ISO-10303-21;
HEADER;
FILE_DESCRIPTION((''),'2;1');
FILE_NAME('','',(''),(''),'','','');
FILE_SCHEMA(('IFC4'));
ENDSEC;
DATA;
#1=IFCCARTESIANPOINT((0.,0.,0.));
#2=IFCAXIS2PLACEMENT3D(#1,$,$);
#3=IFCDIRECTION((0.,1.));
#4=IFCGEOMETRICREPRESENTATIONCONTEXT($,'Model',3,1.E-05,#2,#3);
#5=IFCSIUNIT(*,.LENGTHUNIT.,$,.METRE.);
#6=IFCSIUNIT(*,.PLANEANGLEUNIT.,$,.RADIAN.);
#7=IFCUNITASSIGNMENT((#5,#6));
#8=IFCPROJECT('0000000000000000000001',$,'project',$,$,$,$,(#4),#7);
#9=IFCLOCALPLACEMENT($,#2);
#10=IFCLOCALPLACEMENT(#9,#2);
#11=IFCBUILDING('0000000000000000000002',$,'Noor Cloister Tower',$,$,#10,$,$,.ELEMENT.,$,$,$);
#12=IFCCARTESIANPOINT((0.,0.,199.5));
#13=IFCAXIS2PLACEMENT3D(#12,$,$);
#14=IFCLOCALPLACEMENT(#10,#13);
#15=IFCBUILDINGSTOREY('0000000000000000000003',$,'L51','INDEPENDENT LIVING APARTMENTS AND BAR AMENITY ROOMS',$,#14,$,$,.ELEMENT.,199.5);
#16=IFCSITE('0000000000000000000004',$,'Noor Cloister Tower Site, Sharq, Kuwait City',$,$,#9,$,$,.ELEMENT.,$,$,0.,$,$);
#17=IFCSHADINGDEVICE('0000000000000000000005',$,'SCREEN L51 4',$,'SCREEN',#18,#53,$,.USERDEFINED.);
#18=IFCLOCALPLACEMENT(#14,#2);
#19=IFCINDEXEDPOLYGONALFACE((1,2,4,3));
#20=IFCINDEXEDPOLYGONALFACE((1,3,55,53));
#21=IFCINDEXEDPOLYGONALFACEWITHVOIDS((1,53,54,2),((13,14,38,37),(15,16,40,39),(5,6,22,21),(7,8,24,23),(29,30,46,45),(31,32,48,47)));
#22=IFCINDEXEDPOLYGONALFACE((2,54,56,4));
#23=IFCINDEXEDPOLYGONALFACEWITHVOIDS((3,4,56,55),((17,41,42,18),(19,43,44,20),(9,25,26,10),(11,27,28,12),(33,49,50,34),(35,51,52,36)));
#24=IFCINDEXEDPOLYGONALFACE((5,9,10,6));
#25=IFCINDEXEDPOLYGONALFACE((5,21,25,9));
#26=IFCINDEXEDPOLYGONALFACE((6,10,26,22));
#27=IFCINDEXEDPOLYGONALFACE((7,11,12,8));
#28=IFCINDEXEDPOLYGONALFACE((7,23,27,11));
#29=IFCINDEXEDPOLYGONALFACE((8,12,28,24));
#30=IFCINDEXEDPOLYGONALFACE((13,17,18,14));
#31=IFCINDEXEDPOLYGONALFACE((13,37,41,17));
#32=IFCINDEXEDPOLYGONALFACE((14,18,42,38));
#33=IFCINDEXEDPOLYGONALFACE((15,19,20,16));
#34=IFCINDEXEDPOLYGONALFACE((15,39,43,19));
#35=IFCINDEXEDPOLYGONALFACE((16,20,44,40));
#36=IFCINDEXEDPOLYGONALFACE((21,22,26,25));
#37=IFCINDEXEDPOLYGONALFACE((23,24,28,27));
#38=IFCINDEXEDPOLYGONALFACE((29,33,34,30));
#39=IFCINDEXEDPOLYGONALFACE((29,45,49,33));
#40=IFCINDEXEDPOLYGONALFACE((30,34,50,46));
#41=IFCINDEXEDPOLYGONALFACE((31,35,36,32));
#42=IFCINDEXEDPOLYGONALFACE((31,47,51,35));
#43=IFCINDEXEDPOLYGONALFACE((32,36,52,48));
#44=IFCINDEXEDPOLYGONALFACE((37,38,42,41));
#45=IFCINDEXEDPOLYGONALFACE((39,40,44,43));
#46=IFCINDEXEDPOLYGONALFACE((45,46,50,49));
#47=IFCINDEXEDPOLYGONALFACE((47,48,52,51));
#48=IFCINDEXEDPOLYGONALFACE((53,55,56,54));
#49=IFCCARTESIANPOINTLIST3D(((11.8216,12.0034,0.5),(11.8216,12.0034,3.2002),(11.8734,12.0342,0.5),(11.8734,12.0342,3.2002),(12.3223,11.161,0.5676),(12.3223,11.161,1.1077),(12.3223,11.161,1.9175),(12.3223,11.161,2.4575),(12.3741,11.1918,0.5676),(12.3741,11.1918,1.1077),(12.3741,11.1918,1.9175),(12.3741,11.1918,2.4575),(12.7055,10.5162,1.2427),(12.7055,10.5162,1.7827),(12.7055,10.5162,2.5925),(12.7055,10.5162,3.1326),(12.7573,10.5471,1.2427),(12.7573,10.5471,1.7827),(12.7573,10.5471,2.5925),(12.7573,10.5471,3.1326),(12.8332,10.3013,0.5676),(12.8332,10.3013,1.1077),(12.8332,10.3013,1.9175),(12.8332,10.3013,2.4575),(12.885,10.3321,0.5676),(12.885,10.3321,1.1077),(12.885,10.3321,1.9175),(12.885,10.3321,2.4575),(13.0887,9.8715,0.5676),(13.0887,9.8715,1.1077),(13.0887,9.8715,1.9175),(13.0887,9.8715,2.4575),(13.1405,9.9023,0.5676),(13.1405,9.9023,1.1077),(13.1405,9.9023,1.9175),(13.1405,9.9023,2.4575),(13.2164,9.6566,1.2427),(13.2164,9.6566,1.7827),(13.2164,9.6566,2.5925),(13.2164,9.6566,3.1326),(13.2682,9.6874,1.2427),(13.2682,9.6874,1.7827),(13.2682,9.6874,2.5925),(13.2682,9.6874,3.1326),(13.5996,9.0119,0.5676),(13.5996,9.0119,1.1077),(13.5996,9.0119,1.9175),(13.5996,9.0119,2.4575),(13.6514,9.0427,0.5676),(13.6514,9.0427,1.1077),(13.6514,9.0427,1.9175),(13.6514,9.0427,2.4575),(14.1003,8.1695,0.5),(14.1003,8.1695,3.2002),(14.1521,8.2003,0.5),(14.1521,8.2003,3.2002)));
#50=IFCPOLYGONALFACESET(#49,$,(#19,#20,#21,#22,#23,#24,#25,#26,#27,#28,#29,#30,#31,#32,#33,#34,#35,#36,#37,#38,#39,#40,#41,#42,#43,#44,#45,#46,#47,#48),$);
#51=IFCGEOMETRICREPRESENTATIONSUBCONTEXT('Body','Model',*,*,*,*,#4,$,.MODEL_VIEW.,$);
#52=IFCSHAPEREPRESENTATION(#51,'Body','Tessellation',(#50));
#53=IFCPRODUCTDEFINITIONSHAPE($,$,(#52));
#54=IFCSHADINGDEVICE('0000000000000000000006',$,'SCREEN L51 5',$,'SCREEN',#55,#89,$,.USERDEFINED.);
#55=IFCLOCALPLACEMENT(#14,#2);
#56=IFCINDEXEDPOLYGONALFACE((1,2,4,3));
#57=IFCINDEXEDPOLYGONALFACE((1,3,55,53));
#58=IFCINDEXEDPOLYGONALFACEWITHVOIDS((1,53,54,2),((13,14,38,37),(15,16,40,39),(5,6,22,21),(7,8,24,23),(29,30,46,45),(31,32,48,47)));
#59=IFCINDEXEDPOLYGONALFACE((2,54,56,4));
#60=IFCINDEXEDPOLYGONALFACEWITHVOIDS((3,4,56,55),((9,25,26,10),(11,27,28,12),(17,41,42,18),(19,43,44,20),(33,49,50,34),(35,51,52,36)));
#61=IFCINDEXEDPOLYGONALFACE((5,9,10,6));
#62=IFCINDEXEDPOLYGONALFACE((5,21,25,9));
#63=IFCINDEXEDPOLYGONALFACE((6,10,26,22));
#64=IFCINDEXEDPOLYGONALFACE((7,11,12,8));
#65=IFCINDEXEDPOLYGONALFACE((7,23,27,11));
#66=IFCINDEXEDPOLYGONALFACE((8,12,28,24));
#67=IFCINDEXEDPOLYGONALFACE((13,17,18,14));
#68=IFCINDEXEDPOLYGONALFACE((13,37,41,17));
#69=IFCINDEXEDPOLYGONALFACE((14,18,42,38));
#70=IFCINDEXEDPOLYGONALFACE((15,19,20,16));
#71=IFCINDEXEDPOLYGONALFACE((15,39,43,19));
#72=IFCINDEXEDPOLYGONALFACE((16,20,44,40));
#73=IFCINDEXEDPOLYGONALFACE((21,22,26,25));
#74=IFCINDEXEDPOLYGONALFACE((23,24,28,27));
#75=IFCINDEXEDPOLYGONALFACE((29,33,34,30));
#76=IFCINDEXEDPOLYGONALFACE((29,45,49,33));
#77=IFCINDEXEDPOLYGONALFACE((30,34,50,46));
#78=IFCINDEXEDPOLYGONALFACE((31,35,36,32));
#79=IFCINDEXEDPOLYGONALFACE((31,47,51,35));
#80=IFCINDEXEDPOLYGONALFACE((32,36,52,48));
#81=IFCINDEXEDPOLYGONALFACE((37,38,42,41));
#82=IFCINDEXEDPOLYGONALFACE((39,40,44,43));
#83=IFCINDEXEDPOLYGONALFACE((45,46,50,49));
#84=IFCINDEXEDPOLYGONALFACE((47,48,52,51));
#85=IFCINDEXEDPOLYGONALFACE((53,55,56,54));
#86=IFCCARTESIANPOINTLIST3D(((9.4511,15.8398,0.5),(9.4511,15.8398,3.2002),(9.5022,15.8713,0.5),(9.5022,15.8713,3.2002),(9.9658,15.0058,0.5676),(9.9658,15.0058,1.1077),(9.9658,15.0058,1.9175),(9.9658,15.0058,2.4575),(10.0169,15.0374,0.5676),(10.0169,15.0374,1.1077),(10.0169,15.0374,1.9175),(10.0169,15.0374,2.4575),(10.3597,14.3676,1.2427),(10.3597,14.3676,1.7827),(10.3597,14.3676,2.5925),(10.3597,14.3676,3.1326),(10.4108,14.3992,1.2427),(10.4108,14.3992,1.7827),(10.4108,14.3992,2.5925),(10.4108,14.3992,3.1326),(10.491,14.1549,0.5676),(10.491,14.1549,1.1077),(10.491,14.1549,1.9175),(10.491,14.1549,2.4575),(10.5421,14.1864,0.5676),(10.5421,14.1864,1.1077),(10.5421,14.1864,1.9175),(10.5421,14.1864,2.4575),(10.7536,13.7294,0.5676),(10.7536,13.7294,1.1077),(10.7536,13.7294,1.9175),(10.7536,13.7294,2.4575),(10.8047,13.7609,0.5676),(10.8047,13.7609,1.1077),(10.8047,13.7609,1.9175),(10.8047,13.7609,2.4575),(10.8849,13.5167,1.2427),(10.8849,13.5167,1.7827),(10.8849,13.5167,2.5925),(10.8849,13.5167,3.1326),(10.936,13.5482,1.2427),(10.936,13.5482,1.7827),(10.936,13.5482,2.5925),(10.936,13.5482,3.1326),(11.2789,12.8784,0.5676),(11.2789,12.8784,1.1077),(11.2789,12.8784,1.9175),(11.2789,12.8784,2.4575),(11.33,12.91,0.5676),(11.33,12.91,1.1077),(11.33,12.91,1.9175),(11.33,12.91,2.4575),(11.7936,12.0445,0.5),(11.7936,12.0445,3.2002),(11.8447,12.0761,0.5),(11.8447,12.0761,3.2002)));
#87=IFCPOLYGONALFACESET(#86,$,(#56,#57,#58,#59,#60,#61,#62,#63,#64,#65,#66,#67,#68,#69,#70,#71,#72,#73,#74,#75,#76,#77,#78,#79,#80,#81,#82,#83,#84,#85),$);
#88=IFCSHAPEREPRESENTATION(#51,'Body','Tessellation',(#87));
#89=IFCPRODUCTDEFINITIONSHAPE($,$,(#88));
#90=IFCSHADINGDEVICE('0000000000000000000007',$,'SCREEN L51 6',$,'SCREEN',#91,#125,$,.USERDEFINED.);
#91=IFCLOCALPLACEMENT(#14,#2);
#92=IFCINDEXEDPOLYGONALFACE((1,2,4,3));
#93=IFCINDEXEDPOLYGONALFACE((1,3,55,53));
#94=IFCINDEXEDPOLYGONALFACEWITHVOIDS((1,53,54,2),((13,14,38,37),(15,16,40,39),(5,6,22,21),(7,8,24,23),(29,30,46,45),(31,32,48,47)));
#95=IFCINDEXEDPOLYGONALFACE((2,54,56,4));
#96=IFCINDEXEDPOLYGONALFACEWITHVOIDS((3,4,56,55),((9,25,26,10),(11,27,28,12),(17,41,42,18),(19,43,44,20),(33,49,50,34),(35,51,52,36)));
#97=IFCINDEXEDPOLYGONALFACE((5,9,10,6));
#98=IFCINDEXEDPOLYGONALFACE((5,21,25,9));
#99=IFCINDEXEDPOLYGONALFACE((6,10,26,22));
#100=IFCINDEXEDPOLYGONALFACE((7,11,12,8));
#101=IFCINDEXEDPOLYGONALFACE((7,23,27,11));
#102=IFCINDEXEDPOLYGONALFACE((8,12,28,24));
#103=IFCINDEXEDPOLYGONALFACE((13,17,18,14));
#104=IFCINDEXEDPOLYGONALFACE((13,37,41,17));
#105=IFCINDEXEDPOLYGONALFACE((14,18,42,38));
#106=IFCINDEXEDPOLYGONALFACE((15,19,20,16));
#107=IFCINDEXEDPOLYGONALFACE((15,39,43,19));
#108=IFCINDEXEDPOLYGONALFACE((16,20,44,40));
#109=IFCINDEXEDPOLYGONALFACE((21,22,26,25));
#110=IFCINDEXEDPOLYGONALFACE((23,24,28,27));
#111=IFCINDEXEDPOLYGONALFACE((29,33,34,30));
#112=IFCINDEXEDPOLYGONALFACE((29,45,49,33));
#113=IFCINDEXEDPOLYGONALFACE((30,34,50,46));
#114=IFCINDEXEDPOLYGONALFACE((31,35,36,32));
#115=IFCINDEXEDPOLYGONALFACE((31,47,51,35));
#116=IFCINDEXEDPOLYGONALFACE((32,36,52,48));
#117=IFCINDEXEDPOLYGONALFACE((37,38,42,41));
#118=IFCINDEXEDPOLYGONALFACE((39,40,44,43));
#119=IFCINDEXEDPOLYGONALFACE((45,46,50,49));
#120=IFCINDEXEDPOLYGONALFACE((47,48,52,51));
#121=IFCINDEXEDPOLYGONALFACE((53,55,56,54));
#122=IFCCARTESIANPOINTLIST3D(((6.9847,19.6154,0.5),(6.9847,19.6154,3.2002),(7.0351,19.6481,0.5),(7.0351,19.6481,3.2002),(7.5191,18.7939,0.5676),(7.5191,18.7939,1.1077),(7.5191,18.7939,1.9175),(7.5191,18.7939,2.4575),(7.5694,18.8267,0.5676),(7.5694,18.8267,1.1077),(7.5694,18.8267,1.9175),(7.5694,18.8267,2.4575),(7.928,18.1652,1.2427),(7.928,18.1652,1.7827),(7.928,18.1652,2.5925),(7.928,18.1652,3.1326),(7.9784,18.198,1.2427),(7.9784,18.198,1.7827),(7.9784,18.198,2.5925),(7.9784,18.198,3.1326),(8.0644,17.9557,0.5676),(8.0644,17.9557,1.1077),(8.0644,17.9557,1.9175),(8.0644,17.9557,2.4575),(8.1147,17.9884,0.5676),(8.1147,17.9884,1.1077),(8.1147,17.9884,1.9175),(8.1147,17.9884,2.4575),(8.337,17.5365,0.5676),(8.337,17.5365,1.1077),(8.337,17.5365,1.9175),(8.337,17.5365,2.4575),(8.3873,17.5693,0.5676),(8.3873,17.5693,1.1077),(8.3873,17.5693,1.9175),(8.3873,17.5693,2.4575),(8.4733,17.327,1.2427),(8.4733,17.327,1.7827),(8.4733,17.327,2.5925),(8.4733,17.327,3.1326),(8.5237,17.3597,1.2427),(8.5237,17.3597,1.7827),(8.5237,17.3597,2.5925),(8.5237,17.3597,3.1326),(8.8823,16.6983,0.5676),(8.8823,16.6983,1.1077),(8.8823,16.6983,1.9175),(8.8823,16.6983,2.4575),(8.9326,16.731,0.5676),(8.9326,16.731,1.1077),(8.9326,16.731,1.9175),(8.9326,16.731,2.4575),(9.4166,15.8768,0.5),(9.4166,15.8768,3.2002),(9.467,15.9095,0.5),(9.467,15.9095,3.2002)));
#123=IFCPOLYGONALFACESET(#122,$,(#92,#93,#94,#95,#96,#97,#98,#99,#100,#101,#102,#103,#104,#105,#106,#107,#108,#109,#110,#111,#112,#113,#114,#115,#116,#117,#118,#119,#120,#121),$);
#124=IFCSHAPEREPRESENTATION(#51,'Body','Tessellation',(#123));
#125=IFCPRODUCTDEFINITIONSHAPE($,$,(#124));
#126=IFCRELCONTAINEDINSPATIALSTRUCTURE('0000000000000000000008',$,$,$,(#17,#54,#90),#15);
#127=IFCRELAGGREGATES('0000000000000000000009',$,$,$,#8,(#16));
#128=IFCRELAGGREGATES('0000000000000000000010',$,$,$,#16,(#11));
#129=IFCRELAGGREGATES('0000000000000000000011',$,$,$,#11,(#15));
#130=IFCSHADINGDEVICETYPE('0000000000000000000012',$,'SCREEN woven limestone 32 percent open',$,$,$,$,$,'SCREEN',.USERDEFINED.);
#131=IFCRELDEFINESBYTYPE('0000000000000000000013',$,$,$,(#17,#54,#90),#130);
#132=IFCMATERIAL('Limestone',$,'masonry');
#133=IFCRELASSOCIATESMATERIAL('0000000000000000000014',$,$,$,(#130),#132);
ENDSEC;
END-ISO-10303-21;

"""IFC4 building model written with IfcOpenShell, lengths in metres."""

from ifc_helpers import new_model, si_unit, direction, frame, origin, place, context, subcontext, project, spatial, polyline, outline, extrude, material, material_profile, profile_set, type_object, element, save


model = new_model("IFC4")

# Units and contexts
model_context = context("Model", 3, precision=1e-05, world=origin(), true_north=direction((0.0, 1.0)))
body_context = subcontext(model_context, "Body", "Model", "MODEL_VIEW")
ifc_project = project(units=[si_unit("LENGTHUNIT", "METRE"), si_unit("PLANEANGLEUNIT", "RADIAN")], contexts=[model_context])

# Site, building, storey
site_placement = place(None, origin())
site = spatial("IfcSite", under=ifc_project, at=site_placement, Name="Noor Cloister Tower Site, Sharq, Kuwait City", CompositionType="ELEMENT", RefElevation=0.0)
building_placement = place(site_placement, origin())
building = spatial("IfcBuilding", under=site, at=building_placement, Name="Noor Cloister Tower", CompositionType="ELEMENT")
storey_placement = place(building_placement, frame((0.0, 0.0, 199.5)))
storey = spatial("IfcBuildingStorey", under=building, at=storey_placement, Name="L51", Description="INDEPENDENT LIVING APARTMENTS AND BAR AMENITY ROOMS", CompositionType="ELEMENT", Elevation=199.5)

# Shading devices
ifc_material_1 = material(Name="Limestone", Category="masonry")
ifc_material_profile_1 = material_profile(ifc_material_1, outline(polyline([(-2.23, -1.3501), (2.23, -1.3501), (2.23, 1.3501), (-2.23, 1.3501), (-2.23, -1.3501)]), holes=[polyline([(-1.25, -1.2825), (-0.25, -1.2825), (-0.25, -0.7424), (-1.25, -0.7424), (-1.25, -1.2825)]), polyline([(0.25, -1.2825), (1.25, -1.2825), (1.25, -0.7424), (0.25, -0.7424), (0.25, -1.2825)]), polyline([(-0.5, -0.6074), (0.5, -0.6074), (0.5, -0.0674), (-0.5, -0.0674), (-0.5, -0.6074)]), polyline([(-1.25, 0.0674), (-0.25, 0.0674), (-0.25, 0.6074), (-1.25, 0.6074), (-1.25, 0.0674)]), polyline([(0.25, 0.0674), (1.25, 0.0674), (1.25, 0.6074), (0.25, 0.6074), (0.25, 0.0674)]), polyline([(-0.5, 0.7424), (0.5, 0.7424), (0.5, 1.2825), (-0.5, 1.2825), (-0.5, 0.7424)])]), Name="Woven screen 32 percent open")
ifc_profile_set_1 = profile_set([ifc_material_profile_1], Name="Limestone")
shading_device_type = type_object("IfcShadingDeviceType", Name="SCREEN woven limestone 32 percent open", ElementType="SCREEN", PredefinedType="USERDEFINED", material=ifc_profile_set_1)
shading_device_placement = place(storey_placement, frame((12.9609, 10.0864, 1.8501), z_axis=(0.859632, 0.510913, 0.0), x_axis=(-0.510913, 0.859632, 0.0)))
element("IfcShadingDevice", 1, at=shading_device_placement, inside=storey, type_object=shading_device_type, Name="SCREEN L51 4", ObjectType="SCREEN", PredefinedType="USERDEFINED", context=body_context, shape_type="SweptSolid", body=[
    extrude(outline(polyline([(-2.23, -1.3501), (2.23, -1.3501), (2.23, 1.3501), (-2.23, 1.3501), (-2.23, -1.3501)]), holes=[polyline([(-1.25, -1.2825), (-0.25, -1.2825), (-0.25, -0.7424), (-1.25, -0.7424), (-1.25, -1.2825)]), polyline([(0.25, -1.2825), (1.25, -1.2825), (1.25, -0.7424), (0.25, -0.7424), (0.25, -1.2825)]), polyline([(-0.5, -0.6074), (0.5, -0.6074), (0.5, -0.0674), (-0.5, -0.0674), (-0.5, -0.6074)]), polyline([(-1.25, 0.0674), (-0.25, 0.0674), (-0.25, 0.6074), (-1.25, 0.6074), (-1.25, 0.0674)]), polyline([(0.25, 0.0674), (1.25, 0.0674), (1.25, 0.6074), (0.25, 0.6074), (0.25, 0.0674)]), polyline([(-0.5, 0.7424), (0.5, 0.7424), (0.5, 1.2825), (-0.5, 1.2825), (-0.5, 0.7424)])]), origin(), (0.0, 0.0, 1.0), 0.0603),
])
for number, where, z_axis, x_axis, name in (
    (2, (10.6223, 13.9421, 1.8501), (0.850959, 0.525233, 0.0), (-0.525233, 0.850959, 0.0), "SCREEN L51 5"),
    (3, (8.2007, 17.7461, 1.8501), (0.838258, 0.545274, 0.0), (-0.545274, 0.838258, 0.0), "SCREEN L51 6"),
):
    element("IfcShadingDevice", number, at=place(storey_placement, frame(where, z_axis=z_axis, x_axis=x_axis)), inside=storey, type_object=shading_device_type, Name=name, ObjectType="SCREEN", PredefinedType="USERDEFINED", context=body_context, shape_type="SweptSolid", body=[
        extrude(outline(polyline([(-2.23, -1.3501), (2.23, -1.3501), (2.23, 1.3501), (-2.23, 1.3501), (-2.23, -1.3501)]), holes=[polyline([(-1.25, -1.2825), (-0.25, -1.2825), (-0.25, -0.7424), (-1.25, -0.7424), (-1.25, -1.2825)]), polyline([(0.25, -1.2825), (1.25, -1.2825), (1.25, -0.7424), (0.25, -0.7424), (0.25, -1.2825)]), polyline([(-0.5, -0.6074), (0.5, -0.6074), (0.5, -0.0674), (-0.5, -0.0674), (-0.5, -0.6074)]), polyline([(-1.25, 0.0674), (-0.25, 0.0674), (-0.25, 0.6074), (-1.25, 0.6074), (-1.25, 0.0674)]), polyline([(0.25, 0.0674), (1.25, 0.0674), (1.25, 0.6074), (0.25, 0.6074), (0.25, 0.0674)]), polyline([(-0.5, 0.7424), (0.5, 0.7424), (0.5, 1.2825), (-0.5, 1.2825), (-0.5, 0.7424)])]), origin(), (0.0, 0.0, 1.0), 0.0601),
    ])

save(model, "model.ifc")
